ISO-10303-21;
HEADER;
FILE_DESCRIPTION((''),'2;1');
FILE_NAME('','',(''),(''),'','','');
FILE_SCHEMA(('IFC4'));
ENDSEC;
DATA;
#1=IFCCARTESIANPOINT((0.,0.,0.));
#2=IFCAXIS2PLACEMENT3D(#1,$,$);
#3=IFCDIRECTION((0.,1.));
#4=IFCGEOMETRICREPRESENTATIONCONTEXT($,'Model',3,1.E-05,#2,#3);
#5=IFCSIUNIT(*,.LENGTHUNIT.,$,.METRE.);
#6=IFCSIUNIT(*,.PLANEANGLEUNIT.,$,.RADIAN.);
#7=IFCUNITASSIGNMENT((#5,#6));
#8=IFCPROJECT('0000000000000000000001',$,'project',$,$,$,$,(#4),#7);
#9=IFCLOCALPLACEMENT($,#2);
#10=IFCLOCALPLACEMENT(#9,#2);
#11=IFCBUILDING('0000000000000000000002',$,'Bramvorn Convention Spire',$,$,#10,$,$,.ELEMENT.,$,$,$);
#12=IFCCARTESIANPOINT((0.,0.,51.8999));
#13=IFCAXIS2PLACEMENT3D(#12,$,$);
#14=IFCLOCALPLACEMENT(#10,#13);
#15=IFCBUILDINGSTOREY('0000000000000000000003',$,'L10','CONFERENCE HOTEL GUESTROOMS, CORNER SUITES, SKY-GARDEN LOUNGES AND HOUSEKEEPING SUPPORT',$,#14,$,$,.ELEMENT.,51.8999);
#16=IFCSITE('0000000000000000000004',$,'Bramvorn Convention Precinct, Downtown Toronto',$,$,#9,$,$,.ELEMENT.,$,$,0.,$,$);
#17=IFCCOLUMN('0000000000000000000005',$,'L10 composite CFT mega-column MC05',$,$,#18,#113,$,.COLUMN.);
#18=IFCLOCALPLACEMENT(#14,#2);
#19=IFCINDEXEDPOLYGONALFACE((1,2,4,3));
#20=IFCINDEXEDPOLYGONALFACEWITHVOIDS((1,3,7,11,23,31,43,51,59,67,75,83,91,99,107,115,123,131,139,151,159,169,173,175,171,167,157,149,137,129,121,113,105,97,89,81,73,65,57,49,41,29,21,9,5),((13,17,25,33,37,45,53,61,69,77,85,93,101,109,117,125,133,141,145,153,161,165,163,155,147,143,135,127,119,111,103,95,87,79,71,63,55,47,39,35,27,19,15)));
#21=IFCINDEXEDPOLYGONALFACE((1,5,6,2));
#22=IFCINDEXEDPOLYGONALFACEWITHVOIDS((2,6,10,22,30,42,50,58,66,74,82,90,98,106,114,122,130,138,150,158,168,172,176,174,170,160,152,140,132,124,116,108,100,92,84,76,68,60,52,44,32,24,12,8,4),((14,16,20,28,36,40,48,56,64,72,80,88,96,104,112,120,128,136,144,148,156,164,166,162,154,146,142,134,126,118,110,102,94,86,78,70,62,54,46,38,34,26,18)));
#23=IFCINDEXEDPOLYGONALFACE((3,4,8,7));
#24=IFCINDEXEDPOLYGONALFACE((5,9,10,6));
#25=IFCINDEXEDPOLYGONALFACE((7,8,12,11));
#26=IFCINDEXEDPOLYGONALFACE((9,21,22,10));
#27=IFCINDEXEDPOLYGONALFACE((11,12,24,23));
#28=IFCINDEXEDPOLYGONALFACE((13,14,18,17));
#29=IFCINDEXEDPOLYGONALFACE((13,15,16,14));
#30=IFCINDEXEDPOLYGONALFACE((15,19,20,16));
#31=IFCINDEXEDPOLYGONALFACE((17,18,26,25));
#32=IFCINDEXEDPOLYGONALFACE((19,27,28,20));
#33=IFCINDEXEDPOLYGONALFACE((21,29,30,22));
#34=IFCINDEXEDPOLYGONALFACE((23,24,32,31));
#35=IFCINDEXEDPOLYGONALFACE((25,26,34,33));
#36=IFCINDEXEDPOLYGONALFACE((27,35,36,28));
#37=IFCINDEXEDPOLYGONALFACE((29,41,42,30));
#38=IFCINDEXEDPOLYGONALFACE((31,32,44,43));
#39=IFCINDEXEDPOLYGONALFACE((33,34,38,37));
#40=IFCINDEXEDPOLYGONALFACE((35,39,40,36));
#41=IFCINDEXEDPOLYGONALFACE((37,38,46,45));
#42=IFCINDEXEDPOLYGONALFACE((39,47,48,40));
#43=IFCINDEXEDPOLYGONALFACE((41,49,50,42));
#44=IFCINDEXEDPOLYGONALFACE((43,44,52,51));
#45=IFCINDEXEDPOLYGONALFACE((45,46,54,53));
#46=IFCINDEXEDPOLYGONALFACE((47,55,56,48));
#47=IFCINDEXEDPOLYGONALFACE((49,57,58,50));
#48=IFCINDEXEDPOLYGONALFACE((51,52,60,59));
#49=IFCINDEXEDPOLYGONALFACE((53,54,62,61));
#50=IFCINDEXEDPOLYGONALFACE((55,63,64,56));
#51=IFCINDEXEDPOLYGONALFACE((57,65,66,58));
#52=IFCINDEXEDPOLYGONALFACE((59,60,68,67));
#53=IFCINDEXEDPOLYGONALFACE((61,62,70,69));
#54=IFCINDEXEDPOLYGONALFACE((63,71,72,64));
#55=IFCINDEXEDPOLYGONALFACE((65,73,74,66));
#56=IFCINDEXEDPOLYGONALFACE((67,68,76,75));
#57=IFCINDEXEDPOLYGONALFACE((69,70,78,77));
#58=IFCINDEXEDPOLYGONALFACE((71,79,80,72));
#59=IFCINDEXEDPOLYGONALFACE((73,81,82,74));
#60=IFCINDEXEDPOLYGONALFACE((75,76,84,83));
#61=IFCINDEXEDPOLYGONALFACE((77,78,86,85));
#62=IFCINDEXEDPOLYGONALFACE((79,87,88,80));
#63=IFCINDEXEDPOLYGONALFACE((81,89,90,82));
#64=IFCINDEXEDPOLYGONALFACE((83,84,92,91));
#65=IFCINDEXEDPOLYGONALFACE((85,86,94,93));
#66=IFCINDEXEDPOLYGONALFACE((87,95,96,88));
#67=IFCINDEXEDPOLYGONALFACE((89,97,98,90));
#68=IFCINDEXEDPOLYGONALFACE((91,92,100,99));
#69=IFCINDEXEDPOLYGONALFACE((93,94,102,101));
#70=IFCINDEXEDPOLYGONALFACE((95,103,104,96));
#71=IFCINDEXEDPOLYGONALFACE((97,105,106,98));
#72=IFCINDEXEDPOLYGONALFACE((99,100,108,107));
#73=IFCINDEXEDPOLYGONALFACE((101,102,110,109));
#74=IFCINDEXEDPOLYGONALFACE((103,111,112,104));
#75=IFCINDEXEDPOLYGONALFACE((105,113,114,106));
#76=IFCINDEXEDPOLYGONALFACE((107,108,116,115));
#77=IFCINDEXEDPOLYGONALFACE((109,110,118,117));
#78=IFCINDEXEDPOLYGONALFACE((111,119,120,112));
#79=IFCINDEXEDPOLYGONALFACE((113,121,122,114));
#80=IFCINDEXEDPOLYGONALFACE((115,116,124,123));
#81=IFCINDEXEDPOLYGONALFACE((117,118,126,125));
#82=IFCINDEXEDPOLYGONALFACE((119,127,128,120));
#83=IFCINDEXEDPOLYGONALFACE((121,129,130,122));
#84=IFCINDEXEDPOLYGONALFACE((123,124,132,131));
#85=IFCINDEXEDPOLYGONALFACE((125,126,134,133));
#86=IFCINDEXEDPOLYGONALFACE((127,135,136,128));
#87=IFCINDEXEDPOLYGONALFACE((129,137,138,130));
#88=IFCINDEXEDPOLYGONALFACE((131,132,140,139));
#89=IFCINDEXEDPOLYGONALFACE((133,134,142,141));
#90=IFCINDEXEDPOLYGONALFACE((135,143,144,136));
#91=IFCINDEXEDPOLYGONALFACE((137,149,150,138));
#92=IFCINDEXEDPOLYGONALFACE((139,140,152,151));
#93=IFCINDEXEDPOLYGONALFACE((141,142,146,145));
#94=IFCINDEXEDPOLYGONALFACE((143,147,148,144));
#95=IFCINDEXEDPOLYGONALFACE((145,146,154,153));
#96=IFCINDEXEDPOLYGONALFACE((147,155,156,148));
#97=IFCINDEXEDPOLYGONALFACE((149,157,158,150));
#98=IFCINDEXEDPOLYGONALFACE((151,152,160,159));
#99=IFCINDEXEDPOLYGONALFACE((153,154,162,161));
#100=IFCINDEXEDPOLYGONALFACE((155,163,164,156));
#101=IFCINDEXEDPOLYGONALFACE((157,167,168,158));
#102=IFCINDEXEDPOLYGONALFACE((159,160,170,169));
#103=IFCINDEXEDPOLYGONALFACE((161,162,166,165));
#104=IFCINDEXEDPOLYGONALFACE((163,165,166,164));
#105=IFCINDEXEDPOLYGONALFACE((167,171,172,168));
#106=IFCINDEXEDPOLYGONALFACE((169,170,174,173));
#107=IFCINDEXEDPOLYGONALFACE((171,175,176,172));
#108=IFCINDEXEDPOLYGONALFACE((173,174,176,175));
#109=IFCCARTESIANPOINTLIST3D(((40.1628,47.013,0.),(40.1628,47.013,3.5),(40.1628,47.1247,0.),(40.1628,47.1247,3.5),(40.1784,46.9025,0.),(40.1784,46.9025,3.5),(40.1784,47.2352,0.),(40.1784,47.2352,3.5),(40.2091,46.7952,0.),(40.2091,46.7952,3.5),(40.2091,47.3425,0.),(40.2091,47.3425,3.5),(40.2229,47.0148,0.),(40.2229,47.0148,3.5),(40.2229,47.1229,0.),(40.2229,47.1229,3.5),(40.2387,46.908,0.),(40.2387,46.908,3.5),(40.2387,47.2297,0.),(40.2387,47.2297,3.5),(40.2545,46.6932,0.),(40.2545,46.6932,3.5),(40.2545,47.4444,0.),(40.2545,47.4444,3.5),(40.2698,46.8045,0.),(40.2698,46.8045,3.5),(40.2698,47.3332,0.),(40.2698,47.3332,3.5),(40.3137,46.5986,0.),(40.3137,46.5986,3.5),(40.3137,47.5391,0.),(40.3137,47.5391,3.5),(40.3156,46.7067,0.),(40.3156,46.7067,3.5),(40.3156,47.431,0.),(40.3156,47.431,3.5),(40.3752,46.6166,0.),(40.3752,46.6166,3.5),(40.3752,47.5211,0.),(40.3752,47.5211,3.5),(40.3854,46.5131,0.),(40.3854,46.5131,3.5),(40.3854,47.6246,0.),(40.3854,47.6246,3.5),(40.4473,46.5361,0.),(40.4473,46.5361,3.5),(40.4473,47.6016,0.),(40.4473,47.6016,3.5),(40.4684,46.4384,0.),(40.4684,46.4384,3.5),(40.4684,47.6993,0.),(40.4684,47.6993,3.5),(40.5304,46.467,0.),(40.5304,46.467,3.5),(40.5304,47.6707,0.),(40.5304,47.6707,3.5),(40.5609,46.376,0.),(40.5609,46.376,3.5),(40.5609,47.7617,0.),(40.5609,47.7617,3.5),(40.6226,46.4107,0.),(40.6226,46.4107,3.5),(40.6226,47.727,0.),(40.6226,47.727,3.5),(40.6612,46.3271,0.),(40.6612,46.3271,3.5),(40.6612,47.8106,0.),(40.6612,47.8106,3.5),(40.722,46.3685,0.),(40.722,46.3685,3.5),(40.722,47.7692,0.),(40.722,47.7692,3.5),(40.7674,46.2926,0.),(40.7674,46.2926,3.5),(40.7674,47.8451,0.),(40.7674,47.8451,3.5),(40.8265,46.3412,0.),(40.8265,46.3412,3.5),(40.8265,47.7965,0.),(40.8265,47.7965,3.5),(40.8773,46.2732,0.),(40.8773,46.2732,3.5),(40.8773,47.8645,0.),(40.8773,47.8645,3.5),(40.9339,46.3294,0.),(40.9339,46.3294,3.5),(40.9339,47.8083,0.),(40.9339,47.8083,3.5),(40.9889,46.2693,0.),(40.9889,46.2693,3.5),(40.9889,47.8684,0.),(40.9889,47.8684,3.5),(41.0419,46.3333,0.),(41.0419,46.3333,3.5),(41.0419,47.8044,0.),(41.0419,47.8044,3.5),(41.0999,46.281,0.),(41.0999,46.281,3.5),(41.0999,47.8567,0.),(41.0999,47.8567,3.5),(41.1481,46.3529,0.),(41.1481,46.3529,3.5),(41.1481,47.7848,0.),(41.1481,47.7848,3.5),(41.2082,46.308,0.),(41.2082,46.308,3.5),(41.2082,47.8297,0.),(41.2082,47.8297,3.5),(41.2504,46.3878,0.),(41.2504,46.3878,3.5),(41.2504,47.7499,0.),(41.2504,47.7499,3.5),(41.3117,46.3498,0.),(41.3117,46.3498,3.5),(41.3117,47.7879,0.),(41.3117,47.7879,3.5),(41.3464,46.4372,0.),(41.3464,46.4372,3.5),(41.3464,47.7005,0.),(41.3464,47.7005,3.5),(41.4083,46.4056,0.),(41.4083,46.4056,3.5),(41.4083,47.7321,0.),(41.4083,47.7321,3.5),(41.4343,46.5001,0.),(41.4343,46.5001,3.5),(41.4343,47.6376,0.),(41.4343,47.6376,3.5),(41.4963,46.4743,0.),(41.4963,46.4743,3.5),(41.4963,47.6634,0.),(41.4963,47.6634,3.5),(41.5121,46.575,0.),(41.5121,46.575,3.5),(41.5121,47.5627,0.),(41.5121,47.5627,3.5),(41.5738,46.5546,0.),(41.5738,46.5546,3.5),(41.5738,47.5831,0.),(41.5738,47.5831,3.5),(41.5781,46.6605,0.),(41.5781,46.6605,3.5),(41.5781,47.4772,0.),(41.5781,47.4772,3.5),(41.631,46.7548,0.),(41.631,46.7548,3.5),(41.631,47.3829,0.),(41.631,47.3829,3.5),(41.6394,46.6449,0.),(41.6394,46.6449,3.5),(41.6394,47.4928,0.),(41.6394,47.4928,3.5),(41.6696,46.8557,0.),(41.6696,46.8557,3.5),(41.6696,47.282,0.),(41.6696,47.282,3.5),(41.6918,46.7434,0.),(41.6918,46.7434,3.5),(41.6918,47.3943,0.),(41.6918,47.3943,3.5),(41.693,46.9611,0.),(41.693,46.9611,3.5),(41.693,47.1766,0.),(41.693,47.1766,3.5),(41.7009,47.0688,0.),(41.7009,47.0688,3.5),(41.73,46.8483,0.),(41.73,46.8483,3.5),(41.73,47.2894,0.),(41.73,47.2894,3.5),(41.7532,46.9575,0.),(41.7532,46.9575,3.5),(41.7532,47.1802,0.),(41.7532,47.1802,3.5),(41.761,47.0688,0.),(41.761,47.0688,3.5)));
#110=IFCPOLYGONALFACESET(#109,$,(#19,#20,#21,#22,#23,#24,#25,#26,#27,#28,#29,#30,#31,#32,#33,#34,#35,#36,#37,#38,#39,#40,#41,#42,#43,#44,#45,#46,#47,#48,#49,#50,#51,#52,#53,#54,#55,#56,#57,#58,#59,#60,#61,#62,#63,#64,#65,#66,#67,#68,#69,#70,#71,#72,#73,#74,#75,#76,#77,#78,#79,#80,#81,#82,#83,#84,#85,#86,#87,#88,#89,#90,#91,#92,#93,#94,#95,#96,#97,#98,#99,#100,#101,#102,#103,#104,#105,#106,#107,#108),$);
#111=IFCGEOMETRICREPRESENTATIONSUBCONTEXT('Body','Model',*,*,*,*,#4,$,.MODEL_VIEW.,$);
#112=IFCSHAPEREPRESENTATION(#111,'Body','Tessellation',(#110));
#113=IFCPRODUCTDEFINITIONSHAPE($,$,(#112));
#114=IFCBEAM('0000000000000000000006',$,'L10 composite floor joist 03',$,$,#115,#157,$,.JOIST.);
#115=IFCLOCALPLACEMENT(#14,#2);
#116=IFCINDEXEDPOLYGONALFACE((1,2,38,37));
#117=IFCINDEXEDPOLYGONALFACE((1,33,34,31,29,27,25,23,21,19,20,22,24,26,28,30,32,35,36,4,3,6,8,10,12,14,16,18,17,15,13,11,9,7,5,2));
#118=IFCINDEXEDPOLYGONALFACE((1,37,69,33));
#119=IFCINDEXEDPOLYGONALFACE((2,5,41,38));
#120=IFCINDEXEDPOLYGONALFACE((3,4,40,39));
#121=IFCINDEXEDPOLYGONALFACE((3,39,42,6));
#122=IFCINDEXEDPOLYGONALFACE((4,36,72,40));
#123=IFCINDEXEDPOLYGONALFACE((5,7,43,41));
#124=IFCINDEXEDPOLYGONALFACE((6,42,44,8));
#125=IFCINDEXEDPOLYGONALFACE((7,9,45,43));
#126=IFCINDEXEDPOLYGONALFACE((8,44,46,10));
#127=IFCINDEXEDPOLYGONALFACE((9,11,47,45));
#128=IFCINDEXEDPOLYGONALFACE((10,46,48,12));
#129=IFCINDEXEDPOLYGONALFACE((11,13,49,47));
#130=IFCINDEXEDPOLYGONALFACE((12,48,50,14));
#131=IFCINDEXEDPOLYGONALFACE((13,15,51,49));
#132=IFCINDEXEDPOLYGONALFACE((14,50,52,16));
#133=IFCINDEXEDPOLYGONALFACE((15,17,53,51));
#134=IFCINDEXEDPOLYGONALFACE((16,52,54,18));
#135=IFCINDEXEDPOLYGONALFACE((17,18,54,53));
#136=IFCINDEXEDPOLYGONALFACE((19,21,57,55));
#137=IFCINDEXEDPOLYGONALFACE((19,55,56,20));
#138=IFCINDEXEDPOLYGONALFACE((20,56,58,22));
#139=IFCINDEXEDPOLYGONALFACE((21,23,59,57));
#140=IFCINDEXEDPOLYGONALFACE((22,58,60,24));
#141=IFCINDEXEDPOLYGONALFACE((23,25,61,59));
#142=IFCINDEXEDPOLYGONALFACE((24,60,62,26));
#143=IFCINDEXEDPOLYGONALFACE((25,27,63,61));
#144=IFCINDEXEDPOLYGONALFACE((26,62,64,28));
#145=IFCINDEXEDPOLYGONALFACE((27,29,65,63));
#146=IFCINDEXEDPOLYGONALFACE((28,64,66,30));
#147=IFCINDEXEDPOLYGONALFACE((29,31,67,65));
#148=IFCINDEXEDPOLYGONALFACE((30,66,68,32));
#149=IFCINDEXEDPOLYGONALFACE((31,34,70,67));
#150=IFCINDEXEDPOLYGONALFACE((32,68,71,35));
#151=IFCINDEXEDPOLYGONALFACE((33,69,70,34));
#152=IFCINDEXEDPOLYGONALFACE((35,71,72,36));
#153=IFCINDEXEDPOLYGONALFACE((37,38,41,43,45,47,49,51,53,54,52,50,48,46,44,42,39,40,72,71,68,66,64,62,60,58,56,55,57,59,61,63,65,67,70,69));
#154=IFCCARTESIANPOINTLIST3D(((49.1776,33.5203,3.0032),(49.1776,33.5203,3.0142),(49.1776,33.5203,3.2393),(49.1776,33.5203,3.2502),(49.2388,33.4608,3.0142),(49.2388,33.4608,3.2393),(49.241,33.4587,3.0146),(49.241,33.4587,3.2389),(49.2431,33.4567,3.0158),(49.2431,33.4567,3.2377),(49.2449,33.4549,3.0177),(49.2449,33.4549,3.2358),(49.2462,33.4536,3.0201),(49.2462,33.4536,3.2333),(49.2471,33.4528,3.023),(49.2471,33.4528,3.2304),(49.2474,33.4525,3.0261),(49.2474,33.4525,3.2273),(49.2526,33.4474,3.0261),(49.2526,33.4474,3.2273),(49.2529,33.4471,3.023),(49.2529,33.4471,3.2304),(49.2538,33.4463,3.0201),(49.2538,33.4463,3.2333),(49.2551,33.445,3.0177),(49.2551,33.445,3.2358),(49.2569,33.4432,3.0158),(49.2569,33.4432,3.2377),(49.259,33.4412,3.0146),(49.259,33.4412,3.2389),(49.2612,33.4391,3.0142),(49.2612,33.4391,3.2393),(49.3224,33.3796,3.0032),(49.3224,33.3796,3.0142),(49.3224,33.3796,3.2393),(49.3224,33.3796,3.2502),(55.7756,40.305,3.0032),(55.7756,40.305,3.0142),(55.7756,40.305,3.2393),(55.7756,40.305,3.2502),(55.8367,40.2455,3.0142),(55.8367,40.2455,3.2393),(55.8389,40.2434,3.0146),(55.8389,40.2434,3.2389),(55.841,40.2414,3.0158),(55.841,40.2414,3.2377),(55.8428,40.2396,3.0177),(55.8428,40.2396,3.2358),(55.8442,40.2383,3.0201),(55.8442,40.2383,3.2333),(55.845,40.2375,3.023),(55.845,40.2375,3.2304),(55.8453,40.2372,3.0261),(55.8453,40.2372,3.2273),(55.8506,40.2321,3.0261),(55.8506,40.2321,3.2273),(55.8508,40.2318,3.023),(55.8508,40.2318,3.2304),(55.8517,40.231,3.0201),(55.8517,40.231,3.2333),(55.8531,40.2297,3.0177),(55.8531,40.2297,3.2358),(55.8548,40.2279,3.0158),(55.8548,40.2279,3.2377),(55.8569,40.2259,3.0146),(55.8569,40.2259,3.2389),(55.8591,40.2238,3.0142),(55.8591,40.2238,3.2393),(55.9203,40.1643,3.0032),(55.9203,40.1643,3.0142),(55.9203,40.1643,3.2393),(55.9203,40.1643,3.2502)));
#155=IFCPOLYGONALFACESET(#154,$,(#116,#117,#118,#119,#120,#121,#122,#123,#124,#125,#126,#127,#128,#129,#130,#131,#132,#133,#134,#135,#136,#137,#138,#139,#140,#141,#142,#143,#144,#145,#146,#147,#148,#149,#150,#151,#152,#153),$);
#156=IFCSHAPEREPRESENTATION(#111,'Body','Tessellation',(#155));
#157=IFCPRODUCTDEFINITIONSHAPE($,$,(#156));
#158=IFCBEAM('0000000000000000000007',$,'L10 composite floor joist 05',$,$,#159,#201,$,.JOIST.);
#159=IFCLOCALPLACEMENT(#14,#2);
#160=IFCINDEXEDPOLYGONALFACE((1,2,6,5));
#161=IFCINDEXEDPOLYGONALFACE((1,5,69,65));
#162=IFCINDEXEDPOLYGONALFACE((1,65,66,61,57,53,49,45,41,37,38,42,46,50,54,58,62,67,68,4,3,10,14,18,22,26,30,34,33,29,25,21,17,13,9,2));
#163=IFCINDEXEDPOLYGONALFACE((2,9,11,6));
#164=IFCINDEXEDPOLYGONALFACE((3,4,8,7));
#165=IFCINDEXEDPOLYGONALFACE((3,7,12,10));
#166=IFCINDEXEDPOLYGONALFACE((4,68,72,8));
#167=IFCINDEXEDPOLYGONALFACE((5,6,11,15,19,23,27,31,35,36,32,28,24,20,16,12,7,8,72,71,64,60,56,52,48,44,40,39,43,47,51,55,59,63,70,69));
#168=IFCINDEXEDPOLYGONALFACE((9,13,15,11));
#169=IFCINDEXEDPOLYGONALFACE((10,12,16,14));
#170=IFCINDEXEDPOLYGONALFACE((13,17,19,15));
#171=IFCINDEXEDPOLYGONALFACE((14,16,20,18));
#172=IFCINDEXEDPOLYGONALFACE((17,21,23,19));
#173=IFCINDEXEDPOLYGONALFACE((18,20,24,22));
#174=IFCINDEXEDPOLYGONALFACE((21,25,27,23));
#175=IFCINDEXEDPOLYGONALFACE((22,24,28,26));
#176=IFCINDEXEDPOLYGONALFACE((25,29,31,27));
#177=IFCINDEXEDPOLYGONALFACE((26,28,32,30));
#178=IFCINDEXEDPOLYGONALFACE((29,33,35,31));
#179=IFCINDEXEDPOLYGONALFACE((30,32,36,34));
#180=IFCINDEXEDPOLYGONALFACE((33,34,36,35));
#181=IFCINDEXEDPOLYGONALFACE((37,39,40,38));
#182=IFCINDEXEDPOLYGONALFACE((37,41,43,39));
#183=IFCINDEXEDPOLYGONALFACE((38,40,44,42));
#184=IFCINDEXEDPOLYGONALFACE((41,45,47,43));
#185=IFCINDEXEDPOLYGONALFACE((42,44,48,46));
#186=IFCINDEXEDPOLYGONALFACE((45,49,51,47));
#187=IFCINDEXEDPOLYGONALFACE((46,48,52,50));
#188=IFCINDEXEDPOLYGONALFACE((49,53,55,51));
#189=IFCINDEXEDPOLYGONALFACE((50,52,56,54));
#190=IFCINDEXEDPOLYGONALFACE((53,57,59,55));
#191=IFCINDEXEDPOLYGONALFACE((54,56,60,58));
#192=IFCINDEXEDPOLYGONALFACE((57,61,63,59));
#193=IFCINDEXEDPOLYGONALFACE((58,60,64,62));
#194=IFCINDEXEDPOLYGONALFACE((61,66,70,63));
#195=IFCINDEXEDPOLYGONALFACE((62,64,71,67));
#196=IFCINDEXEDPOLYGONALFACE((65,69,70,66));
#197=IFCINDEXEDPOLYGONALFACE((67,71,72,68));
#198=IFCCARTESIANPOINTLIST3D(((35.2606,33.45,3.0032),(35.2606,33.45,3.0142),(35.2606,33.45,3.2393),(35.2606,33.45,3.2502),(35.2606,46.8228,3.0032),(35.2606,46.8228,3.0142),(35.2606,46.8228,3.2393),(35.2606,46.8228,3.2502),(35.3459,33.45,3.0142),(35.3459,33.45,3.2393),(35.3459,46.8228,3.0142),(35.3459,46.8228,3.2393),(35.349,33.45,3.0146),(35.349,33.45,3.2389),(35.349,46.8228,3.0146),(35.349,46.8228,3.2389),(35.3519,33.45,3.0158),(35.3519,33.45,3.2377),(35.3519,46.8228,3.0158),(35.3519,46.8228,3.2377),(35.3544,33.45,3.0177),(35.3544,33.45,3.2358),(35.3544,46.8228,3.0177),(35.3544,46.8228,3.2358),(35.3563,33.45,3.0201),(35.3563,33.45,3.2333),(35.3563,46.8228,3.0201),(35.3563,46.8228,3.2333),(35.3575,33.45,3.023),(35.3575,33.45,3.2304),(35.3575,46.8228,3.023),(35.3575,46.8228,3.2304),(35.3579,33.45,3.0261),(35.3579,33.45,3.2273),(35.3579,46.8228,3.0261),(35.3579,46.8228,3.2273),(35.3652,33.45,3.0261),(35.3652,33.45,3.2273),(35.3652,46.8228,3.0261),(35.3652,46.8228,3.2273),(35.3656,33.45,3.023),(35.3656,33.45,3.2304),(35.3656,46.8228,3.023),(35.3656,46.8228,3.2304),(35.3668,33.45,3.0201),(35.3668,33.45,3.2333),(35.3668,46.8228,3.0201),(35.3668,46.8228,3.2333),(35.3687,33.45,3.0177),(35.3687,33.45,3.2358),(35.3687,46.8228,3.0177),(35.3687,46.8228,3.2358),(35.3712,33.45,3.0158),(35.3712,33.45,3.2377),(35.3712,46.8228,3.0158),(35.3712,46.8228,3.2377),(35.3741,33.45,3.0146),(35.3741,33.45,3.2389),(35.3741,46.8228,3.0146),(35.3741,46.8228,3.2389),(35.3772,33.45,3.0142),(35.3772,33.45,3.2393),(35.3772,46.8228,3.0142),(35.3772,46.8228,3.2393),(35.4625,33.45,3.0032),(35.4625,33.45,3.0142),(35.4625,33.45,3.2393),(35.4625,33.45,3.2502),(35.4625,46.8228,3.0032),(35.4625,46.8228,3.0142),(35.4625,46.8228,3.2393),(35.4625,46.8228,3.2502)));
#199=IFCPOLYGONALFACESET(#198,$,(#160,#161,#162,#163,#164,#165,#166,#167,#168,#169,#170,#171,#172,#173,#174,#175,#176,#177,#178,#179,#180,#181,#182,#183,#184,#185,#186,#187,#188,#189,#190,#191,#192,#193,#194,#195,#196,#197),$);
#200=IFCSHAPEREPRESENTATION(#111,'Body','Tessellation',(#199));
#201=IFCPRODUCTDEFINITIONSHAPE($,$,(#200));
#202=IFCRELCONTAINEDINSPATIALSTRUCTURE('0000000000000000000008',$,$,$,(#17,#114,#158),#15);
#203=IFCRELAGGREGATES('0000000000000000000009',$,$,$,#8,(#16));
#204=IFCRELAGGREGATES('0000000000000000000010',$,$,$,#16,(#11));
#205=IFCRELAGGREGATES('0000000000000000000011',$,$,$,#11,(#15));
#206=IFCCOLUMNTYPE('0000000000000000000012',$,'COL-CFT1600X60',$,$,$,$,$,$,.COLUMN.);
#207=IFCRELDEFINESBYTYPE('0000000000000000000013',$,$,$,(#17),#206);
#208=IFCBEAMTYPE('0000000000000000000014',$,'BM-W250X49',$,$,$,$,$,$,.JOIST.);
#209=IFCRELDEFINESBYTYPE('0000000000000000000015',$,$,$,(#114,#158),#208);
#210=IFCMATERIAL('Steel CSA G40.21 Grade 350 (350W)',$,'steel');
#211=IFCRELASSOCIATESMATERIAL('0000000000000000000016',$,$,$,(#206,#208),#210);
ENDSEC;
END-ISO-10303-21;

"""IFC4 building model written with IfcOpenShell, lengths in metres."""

from ifc_helpers import new_model, si_unit, direction, frame, origin, origin_2d, place, context, subcontext, project, spatial, hollow_circle, i_section, extrude, material, material_profile, profile_set, type_object, element, save


model = new_model("IFC4")

# Units and contexts
model_context = context("Model", 3, precision=1e-05, world=origin(), true_north=direction((0.0, 1.0)))
body_context = subcontext(model_context, "Body", "Model", "MODEL_VIEW")
ifc_project = project(units=[si_unit("LENGTHUNIT", "METRE"), si_unit("PLANEANGLEUNIT", "RADIAN")], contexts=[model_context])

# Site, building, storey
site_placement = place(None, origin())
site = spatial("IfcSite", under=ifc_project, at=site_placement, Name="Bramvorn Convention Precinct, Downtown Toronto", CompositionType="ELEMENT", RefElevation=0.0)
building_placement = place(site_placement, origin())
building = spatial("IfcBuilding", under=site, at=building_placement, Name="Bramvorn Convention Spire", CompositionType="ELEMENT")
storey_placement = place(building_placement, frame((0.0, 0.0, 51.8999)))
storey = spatial("IfcBuildingStorey", under=building, at=storey_placement, Name="L10", Description="CONFERENCE HOTEL GUESTROOMS, CORNER SUITES, SKY-GARDEN LOUNGES AND HOUSEKEEPING SUPPORT", CompositionType="ELEMENT", Elevation=51.8999)

# Column
ifc_material_1 = material(Name="Steel CSA G40.21 Grade 350 (350W)", Category="steel")
ifc_material_profile_1 = material_profile(ifc_material_1, hollow_circle(Radius=0.8, WallThickness=0.0601, at=origin_2d()))
ifc_profile_set_1 = profile_set([ifc_material_profile_1], Name="Steel CSA G40.21 Grade 350 (350W) - CFT1600X60")
column_type = type_object("IfcColumnType", Name="COL-CFT1600X60", PredefinedType="COLUMN", material=ifc_profile_set_1)
column_placement = place(storey_placement, frame((40.9609, 47.0688, 0.0), z_axis=(0.0, 0.0, 1.0), x_axis=(1.0, 0.0, 0.0)))
element("IfcColumn", 1, at=column_placement, inside=storey, type_object=column_type, Name="L10 composite CFT mega-column MC05", PredefinedType="COLUMN", context=body_context, shape_type="SweptSolid", body=[
    extrude(hollow_circle(Radius=0.8, WallThickness=0.0601, at=origin_2d()), origin(), (0.0, 0.0, 1.0), 3.5),
])

# Beams
ifc_material_profile_2 = material_profile(ifc_material_1, i_section(OverallWidth=0.2019, OverallDepth=0.2471, WebThickness=0.0073, FlangeThickness=0.011, FilletRadius=0.012, at=origin_2d()))
ifc_profile_set_2 = profile_set([ifc_material_profile_2], Name="Steel CSA G40.21 Grade 350 (350W) - W250X49")
beam_type_1 = type_object("IfcBeamType", Name="BM-W250X49", PredefinedType="JOIST", material=ifc_profile_set_2)
beam_1_placement = place(storey_placement, frame((49.25, 33.45, 3.1267), z_axis=(0.69717, 0.716905, 0.0), x_axis=(-0.716905, 0.69717, 0.0)))
element("IfcBeam", 2, at=beam_1_placement, inside=storey, type_object=beam_type_1, Name="L10 composite floor joist 03", PredefinedType="JOIST", context=body_context, shape_type="SweptSolid", body=[
    extrude(i_section(OverallWidth=0.2019, OverallDepth=0.2471, WebThickness=0.0073, FlangeThickness=0.011, FilletRadius=0.012, at=origin_2d()), origin(), (0.0, 0.0, 1.0), 9.4639),
])
beam_2_placement = place(storey_placement, frame((35.3616, 33.45, 3.1267), z_axis=(0.0, 1.0, 0.0), x_axis=(-1.0, 0.0, 0.0)))
element("IfcBeam", 3, at=beam_2_placement, inside=storey, type_object=beam_type_1, Name="L10 composite floor joist 05", PredefinedType="JOIST", context=body_context, shape_type="SweptSolid", body=[
    extrude(i_section(OverallWidth=0.2019, OverallDepth=0.2471, WebThickness=0.0073, FlangeThickness=0.011, FilletRadius=0.012, at=origin_2d()), origin(), (0.0, 0.0, 1.0), 13.3728),
])

save(model, "model.ifc")
